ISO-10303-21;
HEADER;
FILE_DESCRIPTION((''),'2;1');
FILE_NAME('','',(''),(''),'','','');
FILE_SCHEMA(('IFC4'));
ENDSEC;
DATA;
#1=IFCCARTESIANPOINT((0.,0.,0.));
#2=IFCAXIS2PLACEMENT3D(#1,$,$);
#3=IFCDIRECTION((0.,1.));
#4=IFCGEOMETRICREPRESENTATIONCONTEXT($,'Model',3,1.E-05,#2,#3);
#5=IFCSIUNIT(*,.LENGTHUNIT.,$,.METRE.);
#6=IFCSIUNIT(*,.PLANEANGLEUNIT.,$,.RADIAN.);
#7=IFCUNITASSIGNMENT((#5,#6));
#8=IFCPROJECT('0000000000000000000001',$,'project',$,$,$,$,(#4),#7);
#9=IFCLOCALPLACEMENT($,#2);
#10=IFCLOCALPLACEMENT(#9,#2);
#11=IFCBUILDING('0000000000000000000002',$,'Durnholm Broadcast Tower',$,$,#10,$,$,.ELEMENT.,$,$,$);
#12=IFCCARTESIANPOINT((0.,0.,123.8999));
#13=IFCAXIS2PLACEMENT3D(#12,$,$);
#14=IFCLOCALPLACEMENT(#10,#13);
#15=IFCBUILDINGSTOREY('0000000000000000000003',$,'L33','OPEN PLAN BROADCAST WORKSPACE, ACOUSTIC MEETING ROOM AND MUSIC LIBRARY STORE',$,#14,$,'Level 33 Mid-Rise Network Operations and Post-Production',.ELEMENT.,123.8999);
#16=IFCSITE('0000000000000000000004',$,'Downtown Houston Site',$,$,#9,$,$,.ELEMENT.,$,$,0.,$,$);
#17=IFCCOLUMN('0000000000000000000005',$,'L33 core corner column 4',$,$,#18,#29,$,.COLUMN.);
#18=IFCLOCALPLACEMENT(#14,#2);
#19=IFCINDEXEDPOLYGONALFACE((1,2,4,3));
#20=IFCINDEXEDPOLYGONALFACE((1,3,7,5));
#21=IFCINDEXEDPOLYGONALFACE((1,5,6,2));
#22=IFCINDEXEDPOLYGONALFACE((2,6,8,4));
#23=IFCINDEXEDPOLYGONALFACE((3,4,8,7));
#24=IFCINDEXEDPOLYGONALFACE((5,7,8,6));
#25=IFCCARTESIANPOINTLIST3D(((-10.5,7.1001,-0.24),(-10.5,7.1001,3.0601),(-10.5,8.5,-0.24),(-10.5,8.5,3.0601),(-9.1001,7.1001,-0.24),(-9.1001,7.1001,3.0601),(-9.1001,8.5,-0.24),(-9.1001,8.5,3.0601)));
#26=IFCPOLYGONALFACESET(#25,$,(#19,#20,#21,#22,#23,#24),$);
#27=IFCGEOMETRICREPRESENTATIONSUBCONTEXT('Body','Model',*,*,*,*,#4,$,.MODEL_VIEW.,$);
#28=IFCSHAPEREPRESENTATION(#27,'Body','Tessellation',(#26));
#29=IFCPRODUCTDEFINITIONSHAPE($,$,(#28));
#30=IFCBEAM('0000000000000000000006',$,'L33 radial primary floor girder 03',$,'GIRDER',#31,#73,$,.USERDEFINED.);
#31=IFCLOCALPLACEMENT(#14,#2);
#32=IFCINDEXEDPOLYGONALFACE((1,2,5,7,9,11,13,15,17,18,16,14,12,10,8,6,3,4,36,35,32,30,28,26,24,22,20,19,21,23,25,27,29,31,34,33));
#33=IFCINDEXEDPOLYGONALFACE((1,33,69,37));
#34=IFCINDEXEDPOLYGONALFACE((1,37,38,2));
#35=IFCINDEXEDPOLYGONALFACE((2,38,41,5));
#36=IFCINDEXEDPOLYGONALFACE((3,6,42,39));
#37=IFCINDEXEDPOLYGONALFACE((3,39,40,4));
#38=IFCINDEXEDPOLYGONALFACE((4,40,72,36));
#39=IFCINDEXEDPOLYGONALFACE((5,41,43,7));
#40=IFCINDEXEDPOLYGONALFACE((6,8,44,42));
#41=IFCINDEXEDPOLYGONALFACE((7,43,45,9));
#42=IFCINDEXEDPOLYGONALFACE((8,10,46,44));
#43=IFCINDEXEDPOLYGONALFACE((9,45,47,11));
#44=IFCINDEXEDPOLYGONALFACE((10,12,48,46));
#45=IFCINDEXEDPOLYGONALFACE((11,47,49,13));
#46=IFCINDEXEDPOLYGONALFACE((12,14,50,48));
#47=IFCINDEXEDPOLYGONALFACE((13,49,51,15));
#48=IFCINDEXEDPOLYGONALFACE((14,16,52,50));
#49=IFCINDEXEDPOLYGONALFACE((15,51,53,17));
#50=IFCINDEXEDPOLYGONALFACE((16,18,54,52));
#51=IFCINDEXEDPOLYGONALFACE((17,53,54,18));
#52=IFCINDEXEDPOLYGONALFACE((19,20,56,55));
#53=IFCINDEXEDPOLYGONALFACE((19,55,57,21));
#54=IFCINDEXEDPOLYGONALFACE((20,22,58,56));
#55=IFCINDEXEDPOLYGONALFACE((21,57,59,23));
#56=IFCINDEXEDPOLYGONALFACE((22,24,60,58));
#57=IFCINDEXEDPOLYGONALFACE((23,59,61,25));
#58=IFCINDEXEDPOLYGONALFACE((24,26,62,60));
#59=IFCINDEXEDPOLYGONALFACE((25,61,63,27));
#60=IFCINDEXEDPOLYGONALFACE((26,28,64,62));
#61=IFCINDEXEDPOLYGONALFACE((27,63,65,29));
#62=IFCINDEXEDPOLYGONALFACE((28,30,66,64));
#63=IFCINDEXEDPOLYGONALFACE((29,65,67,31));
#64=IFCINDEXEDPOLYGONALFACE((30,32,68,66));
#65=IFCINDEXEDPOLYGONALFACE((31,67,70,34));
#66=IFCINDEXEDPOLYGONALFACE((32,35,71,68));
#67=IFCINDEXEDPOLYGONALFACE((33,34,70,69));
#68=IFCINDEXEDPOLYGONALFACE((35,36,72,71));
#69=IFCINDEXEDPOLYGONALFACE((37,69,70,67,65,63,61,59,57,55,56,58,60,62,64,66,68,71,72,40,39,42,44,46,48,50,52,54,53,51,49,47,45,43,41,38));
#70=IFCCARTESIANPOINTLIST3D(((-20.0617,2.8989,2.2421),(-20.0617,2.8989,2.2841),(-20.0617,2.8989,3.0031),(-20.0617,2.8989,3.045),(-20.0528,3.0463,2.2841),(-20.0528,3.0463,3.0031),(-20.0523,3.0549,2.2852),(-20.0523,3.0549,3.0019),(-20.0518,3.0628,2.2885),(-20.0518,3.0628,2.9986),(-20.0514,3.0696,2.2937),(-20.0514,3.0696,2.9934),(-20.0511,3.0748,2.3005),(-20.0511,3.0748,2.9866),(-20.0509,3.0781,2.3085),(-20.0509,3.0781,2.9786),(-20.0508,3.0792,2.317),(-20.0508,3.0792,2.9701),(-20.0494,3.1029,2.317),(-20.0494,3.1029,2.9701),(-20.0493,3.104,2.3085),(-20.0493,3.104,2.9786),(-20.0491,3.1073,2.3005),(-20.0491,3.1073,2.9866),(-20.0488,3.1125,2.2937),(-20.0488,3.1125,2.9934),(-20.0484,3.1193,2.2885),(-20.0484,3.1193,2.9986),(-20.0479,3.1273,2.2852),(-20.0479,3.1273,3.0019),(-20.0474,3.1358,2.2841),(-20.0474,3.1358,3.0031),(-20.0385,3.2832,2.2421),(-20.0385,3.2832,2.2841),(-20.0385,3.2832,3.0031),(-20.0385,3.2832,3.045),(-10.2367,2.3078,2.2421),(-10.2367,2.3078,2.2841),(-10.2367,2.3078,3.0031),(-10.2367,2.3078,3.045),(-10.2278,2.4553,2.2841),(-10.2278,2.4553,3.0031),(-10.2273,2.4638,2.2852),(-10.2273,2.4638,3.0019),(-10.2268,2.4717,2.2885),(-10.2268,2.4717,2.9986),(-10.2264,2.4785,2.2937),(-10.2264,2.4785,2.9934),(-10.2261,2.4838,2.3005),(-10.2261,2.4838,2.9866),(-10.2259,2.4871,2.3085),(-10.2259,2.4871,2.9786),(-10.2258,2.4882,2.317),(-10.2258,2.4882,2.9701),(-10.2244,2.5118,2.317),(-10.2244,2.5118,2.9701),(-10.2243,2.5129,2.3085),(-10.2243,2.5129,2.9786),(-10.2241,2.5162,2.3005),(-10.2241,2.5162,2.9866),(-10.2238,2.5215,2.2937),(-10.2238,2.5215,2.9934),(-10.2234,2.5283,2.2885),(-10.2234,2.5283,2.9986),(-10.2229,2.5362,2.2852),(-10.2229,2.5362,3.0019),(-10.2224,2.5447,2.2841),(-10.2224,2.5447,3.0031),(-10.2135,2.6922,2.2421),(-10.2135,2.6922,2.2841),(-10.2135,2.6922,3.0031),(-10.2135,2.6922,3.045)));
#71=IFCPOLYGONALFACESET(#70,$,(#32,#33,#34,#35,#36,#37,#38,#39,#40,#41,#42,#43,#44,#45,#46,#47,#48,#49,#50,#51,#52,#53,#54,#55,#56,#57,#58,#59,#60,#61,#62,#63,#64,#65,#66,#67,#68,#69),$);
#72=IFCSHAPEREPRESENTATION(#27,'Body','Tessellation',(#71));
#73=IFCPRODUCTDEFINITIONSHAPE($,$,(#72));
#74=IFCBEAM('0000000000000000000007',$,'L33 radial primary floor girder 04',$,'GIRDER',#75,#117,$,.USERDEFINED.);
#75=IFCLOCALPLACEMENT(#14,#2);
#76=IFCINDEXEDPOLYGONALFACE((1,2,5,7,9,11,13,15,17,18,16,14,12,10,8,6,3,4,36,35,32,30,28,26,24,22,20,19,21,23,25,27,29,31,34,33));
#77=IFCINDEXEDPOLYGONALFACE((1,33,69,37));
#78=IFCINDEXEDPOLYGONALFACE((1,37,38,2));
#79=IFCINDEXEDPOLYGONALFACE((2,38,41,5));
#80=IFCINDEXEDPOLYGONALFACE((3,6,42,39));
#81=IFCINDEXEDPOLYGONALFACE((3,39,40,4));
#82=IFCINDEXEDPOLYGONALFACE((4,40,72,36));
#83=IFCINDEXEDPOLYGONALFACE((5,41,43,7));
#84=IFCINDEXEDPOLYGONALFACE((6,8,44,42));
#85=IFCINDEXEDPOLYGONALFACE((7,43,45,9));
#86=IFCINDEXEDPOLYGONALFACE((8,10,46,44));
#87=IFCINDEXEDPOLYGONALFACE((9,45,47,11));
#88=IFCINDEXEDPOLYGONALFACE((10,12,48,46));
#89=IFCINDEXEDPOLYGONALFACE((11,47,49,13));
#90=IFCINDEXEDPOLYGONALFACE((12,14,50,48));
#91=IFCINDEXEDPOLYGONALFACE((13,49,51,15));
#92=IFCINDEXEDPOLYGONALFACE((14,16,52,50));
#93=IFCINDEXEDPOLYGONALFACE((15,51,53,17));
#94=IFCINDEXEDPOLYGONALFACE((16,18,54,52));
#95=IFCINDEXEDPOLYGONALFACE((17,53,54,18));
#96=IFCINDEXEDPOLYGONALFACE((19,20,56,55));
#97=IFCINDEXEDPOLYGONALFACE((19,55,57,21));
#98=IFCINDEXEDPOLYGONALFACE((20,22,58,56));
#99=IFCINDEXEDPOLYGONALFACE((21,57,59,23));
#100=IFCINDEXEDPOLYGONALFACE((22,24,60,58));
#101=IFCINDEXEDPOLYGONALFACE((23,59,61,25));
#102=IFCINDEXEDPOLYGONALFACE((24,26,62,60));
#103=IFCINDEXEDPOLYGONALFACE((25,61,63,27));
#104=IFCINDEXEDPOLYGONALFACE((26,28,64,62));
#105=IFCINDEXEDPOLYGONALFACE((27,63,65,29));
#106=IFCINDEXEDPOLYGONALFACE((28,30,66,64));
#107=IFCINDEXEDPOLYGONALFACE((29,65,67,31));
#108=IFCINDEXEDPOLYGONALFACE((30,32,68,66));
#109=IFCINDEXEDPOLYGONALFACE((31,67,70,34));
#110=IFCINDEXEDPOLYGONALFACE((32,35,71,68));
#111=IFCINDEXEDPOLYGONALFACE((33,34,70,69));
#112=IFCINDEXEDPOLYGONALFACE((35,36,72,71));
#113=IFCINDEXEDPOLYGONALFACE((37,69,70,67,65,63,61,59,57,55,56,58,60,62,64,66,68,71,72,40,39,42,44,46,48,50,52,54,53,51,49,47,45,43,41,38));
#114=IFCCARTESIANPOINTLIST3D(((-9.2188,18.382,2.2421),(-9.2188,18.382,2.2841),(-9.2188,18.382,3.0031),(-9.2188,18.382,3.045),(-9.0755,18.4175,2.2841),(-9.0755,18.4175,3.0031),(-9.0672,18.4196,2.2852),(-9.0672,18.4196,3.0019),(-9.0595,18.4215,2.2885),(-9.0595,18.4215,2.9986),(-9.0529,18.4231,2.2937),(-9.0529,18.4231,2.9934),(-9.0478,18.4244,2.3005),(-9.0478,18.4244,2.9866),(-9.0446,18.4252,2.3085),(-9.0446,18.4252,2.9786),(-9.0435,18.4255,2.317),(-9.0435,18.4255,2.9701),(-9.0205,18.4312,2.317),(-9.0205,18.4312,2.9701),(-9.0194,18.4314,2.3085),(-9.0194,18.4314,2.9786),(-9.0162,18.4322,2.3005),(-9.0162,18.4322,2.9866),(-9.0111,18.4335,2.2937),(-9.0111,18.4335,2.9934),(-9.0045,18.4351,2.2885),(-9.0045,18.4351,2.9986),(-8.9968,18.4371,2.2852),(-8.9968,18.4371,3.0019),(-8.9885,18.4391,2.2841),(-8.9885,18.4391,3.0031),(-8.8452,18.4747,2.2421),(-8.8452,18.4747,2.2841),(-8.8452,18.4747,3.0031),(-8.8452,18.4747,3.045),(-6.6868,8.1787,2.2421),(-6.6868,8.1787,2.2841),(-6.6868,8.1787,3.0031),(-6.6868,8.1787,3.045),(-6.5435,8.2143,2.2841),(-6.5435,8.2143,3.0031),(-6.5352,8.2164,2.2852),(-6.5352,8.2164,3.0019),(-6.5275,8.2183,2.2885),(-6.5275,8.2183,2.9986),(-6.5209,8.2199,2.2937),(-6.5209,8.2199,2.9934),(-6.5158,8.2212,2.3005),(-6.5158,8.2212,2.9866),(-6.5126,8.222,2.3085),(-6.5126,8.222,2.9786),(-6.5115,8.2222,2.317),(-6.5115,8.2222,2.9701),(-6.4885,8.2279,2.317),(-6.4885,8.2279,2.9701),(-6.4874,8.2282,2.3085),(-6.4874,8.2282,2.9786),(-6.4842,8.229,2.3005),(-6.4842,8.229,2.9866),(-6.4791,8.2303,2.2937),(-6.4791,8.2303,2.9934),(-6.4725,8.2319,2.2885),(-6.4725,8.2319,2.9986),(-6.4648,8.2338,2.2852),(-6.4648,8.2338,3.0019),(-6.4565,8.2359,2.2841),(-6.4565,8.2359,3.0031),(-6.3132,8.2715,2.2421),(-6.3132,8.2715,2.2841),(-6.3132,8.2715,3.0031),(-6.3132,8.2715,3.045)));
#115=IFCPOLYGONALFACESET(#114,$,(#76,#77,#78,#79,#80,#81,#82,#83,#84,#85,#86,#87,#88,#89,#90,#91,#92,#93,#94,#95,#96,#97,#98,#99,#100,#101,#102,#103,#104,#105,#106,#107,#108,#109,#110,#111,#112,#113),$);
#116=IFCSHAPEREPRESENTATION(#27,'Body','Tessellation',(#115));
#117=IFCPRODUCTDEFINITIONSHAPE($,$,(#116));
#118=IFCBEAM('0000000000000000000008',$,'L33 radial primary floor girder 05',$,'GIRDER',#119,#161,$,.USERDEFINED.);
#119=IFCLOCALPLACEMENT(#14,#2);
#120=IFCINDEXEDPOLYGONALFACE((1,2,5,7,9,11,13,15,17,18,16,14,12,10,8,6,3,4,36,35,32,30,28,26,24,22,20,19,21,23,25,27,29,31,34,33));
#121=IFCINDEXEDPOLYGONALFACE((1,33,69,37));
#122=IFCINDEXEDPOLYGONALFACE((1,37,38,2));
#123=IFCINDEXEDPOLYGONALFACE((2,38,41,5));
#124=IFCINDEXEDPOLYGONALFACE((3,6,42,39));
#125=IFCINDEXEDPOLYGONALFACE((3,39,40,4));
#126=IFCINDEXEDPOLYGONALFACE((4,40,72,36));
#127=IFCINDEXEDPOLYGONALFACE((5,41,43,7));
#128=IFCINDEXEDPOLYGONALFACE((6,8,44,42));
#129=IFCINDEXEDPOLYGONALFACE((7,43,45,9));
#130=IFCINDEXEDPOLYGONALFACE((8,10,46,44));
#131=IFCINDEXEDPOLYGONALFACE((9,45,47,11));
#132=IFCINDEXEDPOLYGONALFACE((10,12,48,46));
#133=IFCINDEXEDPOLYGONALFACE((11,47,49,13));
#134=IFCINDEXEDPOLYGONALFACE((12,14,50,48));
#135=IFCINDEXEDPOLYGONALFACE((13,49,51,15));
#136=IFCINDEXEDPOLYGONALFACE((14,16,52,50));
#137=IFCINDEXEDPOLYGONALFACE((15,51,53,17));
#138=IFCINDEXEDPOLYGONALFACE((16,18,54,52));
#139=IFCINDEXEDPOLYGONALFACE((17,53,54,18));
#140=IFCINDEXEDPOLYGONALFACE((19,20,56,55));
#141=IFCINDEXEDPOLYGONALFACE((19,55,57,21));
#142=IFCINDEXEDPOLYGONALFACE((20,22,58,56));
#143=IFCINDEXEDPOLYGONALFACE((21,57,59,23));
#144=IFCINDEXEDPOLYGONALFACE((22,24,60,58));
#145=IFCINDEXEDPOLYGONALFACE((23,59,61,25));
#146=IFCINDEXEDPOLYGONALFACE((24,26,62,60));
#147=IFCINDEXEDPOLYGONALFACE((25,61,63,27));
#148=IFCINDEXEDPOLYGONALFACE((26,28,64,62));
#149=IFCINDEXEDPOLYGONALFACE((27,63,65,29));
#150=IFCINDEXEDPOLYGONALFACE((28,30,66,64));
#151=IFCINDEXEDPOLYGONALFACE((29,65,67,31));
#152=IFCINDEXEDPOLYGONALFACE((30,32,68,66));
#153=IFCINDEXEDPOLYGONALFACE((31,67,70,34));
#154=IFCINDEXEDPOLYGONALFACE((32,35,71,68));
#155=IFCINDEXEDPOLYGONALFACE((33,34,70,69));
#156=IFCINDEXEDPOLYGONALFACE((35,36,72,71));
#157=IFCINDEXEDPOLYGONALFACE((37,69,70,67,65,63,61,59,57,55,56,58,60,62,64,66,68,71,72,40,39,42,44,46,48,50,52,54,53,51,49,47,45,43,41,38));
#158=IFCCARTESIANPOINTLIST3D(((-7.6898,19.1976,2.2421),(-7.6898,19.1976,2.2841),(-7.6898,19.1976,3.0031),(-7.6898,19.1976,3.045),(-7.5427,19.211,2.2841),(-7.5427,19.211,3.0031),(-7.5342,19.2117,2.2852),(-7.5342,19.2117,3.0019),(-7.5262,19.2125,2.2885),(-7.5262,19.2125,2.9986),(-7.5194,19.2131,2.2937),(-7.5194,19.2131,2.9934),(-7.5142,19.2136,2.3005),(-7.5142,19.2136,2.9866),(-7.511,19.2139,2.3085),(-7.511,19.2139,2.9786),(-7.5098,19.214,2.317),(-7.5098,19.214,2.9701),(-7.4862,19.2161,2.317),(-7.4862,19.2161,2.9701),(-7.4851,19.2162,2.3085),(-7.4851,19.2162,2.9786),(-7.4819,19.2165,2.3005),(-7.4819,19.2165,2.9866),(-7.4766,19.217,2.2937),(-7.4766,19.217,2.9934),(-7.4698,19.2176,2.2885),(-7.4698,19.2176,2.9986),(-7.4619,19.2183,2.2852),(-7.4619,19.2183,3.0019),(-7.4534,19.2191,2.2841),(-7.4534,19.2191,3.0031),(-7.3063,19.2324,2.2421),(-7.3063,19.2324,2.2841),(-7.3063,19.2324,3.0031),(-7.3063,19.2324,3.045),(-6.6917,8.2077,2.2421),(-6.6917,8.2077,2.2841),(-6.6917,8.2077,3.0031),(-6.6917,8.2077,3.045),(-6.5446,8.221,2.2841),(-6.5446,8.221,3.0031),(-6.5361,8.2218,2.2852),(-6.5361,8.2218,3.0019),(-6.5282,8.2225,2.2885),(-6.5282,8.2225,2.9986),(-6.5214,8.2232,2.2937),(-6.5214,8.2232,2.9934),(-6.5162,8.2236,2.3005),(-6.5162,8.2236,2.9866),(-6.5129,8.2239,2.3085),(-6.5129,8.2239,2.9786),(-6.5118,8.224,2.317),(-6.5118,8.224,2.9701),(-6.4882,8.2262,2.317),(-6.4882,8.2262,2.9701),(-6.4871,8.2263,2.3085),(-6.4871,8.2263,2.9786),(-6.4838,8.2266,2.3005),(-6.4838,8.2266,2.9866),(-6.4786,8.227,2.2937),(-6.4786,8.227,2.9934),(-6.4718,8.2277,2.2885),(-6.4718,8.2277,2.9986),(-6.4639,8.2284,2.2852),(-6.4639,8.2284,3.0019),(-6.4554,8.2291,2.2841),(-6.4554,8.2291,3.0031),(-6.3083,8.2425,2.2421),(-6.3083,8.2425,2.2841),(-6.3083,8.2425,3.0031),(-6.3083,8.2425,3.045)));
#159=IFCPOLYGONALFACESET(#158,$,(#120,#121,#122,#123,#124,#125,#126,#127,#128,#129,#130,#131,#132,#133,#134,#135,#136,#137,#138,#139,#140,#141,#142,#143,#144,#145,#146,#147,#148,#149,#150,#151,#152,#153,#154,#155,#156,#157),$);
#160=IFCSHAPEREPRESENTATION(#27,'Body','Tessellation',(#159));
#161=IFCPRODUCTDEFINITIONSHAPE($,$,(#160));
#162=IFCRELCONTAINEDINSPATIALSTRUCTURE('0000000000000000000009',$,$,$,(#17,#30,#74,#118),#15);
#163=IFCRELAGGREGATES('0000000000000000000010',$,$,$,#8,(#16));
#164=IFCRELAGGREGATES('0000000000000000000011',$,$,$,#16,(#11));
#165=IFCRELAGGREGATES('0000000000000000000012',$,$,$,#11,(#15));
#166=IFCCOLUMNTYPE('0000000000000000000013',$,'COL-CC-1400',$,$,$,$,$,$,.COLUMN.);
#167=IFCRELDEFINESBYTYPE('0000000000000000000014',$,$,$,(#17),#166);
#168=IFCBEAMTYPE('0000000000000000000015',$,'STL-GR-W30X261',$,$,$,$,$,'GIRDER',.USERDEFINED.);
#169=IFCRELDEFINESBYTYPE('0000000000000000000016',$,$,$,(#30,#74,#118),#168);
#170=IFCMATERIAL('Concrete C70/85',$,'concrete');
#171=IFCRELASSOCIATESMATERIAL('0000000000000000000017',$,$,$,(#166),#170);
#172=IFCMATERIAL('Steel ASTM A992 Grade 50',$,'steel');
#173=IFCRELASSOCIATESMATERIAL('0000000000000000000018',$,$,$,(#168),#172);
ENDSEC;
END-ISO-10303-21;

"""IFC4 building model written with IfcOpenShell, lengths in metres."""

from ifc_helpers import new_model, si_unit, direction, frame, origin, origin_2d, place, context, subcontext, project, spatial, rectangle, i_section, extrude, source, transform, mapped, material, material_profile, profile_set, type_object, type_shapes, element, save


model = new_model("IFC4")

# Units and contexts
model_context = context("Model", 3, precision=1e-05, world=origin(), true_north=direction((0.0, 1.0)))
body_context = subcontext(model_context, "Body", "Model", "MODEL_VIEW")
ifc_project = project(units=[si_unit("LENGTHUNIT", "METRE"), si_unit("PLANEANGLEUNIT", "RADIAN")], contexts=[model_context])

# Site, building, storey
site_placement = place(None, origin())
site = spatial("IfcSite", under=ifc_project, at=site_placement, Name="Downtown Houston Site", CompositionType="ELEMENT", RefElevation=0.0)
building_placement = place(site_placement, origin())
building = spatial("IfcBuilding", under=site, at=building_placement, Name="Durnholm Broadcast Tower", CompositionType="ELEMENT")
storey_placement = place(building_placement, frame((0.0, 0.0, 123.8999)))
storey = spatial("IfcBuildingStorey", under=building, at=storey_placement, Name="L33", Description="OPEN PLAN BROADCAST WORKSPACE, ACOUSTIC MEETING ROOM AND MUSIC LIBRARY STORE", LongName="Level 33 Mid-Rise Network Operations and Post-Production", CompositionType="ELEMENT", Elevation=123.8999)

# Column
ifc_material_1 = material(Name="Concrete C70/85", Category="concrete")
ifc_material_profile_1 = material_profile(ifc_material_1, rectangle(XDim=1.3999, YDim=1.3999, at=origin_2d()), Name="RC1400X1400")
ifc_profile_set_1 = profile_set([ifc_material_profile_1], Name="Concrete C70/85")
column_type = type_object("IfcColumnType", Name="COL-CC-1400", PredefinedType="COLUMN", material=ifc_profile_set_1)
shared_shape_1 = source(origin(), body_context, "Body", "SweptSolid", [
    extrude(rectangle(XDim=1.3999, YDim=1.3999, at=origin_2d()), origin(), (0.0, 0.0, 1.0), 3.3),
])
type_shapes(column_type, [shared_shape_1])
column_placement = place(storey_placement, frame((-9.8, 7.8, -0.24), z_axis=(0.0, 0.0, 1.0), x_axis=(1.0, 0.0, 0.0)))
element("IfcColumn", 1, at=column_placement, inside=storey, type_object=column_type, Name="L33 core corner column 4", PredefinedType="COLUMN", context=body_context, shape_type="MappedRepresentation", body=[
    mapped(shared_shape_1, transform((0.0, 0.0, 0.0), x_axis=(1.0, 0.0, 0.0), y_axis=(0.0, 1.0, 0.0), z_axis=(0.0, 0.0, 1.0), scale=1.0)),
])

# Beams
ifc_material_2 = material(Name="Steel ASTM A992 Grade 50", Category="steel")
ifc_material_profile_2 = material_profile(ifc_material_2, i_section(OverallWidth=0.385, OverallDepth=0.803, WebThickness=0.0237, FlangeThickness=0.042, FilletRadius=0.033, at=origin_2d()), Name="W30X261")
ifc_profile_set_2 = profile_set([ifc_material_profile_2], Name="Steel ASTM A992 Grade 50")
beam_type_1 = type_object("IfcBeamType", Name="STL-GR-W30X261", ElementType="GIRDER", PredefinedType="USERDEFINED", material=ifc_profile_set_2)
shared_shape_2 = source(origin(), body_context, "Body", "SweptSolid", [
    extrude(i_section(OverallWidth=0.385, OverallDepth=0.803, WebThickness=0.0237, FlangeThickness=0.042, FilletRadius=0.033, at=origin_2d()), origin(), (0.0, 0.0, 1.0), 9.8428),
])
beam_1_placement = place(storey_placement, frame((-10.2251, 2.5, 2.6436), z_axis=(-0.998195, 0.060051, 0.0), x_axis=(-0.060051, -0.998195, 0.0)))
element("IfcBeam", 2, at=beam_1_placement, inside=storey, type_object=beam_type_1, Name="L33 radial primary floor girder 03", ObjectType="GIRDER", PredefinedType="USERDEFINED", context=body_context, shape_type="MappedRepresentation", body=[
    mapped(shared_shape_2, transform((0.0, 0.0, 0.0), x_axis=(1.0, 0.0, 0.0), y_axis=(0.0, 1.0, 0.0), z_axis=(0.0, 0.0, 1.0), scale=1.0)),
])
shared_shape_3 = source(origin(), body_context, "Body", "SweptSolid", [
    extrude(i_section(OverallWidth=0.385, OverallDepth=0.803, WebThickness=0.0237, FlangeThickness=0.042, FilletRadius=0.033, at=origin_2d()), origin(), (0.0, 0.0, 1.0), 10.5127),
])
beam_2_placement = place(storey_placement, frame((-6.5, 8.2251, 2.6436), z_axis=(-0.240852, 0.970562, 0.0), x_axis=(-0.970562, -0.240852, 0.0)))
element("IfcBeam", 3, at=beam_2_placement, inside=storey, type_object=beam_type_1, Name="L33 radial primary floor girder 04", ObjectType="GIRDER", PredefinedType="USERDEFINED", context=body_context, shape_type="MappedRepresentation", body=[
    mapped(shared_shape_3, transform((0.0, 0.0, 0.0), x_axis=(1.0, 0.0, 0.0), y_axis=(0.0, 1.0, 0.0), z_axis=(0.0, 0.0, 1.0), scale=1.0)),
])
shared_shape_4 = source(origin(), body_context, "Body", "SweptSolid", [
    extrude(i_section(OverallWidth=0.385, OverallDepth=0.803, WebThickness=0.0237, FlangeThickness=0.042, FilletRadius=0.033, at=origin_2d()), origin(), (0.0, 0.0, 1.0), 11.0352),
])
type_shapes(beam_type_1, [shared_shape_2, shared_shape_3, shared_shape_4])
beam_3_placement = place(storey_placement, frame((-6.5, 8.2251, 2.6436), z_axis=(-0.090442, 0.995902, 0.0), x_axis=(-0.995902, -0.090442, 0.0)))
element("IfcBeam", 4, at=beam_3_placement, inside=storey, type_object=beam_type_1, Name="L33 radial primary floor girder 05", ObjectType="GIRDER", PredefinedType="USERDEFINED", context=body_context, shape_type="MappedRepresentation", body=[
    mapped(shared_shape_4, transform((0.0, 0.0, 0.0), x_axis=(1.0, 0.0, 0.0), y_axis=(0.0, 1.0, 0.0), z_axis=(0.0, 0.0, 1.0), scale=1.0)),
])

save(model, "model.ifc")
